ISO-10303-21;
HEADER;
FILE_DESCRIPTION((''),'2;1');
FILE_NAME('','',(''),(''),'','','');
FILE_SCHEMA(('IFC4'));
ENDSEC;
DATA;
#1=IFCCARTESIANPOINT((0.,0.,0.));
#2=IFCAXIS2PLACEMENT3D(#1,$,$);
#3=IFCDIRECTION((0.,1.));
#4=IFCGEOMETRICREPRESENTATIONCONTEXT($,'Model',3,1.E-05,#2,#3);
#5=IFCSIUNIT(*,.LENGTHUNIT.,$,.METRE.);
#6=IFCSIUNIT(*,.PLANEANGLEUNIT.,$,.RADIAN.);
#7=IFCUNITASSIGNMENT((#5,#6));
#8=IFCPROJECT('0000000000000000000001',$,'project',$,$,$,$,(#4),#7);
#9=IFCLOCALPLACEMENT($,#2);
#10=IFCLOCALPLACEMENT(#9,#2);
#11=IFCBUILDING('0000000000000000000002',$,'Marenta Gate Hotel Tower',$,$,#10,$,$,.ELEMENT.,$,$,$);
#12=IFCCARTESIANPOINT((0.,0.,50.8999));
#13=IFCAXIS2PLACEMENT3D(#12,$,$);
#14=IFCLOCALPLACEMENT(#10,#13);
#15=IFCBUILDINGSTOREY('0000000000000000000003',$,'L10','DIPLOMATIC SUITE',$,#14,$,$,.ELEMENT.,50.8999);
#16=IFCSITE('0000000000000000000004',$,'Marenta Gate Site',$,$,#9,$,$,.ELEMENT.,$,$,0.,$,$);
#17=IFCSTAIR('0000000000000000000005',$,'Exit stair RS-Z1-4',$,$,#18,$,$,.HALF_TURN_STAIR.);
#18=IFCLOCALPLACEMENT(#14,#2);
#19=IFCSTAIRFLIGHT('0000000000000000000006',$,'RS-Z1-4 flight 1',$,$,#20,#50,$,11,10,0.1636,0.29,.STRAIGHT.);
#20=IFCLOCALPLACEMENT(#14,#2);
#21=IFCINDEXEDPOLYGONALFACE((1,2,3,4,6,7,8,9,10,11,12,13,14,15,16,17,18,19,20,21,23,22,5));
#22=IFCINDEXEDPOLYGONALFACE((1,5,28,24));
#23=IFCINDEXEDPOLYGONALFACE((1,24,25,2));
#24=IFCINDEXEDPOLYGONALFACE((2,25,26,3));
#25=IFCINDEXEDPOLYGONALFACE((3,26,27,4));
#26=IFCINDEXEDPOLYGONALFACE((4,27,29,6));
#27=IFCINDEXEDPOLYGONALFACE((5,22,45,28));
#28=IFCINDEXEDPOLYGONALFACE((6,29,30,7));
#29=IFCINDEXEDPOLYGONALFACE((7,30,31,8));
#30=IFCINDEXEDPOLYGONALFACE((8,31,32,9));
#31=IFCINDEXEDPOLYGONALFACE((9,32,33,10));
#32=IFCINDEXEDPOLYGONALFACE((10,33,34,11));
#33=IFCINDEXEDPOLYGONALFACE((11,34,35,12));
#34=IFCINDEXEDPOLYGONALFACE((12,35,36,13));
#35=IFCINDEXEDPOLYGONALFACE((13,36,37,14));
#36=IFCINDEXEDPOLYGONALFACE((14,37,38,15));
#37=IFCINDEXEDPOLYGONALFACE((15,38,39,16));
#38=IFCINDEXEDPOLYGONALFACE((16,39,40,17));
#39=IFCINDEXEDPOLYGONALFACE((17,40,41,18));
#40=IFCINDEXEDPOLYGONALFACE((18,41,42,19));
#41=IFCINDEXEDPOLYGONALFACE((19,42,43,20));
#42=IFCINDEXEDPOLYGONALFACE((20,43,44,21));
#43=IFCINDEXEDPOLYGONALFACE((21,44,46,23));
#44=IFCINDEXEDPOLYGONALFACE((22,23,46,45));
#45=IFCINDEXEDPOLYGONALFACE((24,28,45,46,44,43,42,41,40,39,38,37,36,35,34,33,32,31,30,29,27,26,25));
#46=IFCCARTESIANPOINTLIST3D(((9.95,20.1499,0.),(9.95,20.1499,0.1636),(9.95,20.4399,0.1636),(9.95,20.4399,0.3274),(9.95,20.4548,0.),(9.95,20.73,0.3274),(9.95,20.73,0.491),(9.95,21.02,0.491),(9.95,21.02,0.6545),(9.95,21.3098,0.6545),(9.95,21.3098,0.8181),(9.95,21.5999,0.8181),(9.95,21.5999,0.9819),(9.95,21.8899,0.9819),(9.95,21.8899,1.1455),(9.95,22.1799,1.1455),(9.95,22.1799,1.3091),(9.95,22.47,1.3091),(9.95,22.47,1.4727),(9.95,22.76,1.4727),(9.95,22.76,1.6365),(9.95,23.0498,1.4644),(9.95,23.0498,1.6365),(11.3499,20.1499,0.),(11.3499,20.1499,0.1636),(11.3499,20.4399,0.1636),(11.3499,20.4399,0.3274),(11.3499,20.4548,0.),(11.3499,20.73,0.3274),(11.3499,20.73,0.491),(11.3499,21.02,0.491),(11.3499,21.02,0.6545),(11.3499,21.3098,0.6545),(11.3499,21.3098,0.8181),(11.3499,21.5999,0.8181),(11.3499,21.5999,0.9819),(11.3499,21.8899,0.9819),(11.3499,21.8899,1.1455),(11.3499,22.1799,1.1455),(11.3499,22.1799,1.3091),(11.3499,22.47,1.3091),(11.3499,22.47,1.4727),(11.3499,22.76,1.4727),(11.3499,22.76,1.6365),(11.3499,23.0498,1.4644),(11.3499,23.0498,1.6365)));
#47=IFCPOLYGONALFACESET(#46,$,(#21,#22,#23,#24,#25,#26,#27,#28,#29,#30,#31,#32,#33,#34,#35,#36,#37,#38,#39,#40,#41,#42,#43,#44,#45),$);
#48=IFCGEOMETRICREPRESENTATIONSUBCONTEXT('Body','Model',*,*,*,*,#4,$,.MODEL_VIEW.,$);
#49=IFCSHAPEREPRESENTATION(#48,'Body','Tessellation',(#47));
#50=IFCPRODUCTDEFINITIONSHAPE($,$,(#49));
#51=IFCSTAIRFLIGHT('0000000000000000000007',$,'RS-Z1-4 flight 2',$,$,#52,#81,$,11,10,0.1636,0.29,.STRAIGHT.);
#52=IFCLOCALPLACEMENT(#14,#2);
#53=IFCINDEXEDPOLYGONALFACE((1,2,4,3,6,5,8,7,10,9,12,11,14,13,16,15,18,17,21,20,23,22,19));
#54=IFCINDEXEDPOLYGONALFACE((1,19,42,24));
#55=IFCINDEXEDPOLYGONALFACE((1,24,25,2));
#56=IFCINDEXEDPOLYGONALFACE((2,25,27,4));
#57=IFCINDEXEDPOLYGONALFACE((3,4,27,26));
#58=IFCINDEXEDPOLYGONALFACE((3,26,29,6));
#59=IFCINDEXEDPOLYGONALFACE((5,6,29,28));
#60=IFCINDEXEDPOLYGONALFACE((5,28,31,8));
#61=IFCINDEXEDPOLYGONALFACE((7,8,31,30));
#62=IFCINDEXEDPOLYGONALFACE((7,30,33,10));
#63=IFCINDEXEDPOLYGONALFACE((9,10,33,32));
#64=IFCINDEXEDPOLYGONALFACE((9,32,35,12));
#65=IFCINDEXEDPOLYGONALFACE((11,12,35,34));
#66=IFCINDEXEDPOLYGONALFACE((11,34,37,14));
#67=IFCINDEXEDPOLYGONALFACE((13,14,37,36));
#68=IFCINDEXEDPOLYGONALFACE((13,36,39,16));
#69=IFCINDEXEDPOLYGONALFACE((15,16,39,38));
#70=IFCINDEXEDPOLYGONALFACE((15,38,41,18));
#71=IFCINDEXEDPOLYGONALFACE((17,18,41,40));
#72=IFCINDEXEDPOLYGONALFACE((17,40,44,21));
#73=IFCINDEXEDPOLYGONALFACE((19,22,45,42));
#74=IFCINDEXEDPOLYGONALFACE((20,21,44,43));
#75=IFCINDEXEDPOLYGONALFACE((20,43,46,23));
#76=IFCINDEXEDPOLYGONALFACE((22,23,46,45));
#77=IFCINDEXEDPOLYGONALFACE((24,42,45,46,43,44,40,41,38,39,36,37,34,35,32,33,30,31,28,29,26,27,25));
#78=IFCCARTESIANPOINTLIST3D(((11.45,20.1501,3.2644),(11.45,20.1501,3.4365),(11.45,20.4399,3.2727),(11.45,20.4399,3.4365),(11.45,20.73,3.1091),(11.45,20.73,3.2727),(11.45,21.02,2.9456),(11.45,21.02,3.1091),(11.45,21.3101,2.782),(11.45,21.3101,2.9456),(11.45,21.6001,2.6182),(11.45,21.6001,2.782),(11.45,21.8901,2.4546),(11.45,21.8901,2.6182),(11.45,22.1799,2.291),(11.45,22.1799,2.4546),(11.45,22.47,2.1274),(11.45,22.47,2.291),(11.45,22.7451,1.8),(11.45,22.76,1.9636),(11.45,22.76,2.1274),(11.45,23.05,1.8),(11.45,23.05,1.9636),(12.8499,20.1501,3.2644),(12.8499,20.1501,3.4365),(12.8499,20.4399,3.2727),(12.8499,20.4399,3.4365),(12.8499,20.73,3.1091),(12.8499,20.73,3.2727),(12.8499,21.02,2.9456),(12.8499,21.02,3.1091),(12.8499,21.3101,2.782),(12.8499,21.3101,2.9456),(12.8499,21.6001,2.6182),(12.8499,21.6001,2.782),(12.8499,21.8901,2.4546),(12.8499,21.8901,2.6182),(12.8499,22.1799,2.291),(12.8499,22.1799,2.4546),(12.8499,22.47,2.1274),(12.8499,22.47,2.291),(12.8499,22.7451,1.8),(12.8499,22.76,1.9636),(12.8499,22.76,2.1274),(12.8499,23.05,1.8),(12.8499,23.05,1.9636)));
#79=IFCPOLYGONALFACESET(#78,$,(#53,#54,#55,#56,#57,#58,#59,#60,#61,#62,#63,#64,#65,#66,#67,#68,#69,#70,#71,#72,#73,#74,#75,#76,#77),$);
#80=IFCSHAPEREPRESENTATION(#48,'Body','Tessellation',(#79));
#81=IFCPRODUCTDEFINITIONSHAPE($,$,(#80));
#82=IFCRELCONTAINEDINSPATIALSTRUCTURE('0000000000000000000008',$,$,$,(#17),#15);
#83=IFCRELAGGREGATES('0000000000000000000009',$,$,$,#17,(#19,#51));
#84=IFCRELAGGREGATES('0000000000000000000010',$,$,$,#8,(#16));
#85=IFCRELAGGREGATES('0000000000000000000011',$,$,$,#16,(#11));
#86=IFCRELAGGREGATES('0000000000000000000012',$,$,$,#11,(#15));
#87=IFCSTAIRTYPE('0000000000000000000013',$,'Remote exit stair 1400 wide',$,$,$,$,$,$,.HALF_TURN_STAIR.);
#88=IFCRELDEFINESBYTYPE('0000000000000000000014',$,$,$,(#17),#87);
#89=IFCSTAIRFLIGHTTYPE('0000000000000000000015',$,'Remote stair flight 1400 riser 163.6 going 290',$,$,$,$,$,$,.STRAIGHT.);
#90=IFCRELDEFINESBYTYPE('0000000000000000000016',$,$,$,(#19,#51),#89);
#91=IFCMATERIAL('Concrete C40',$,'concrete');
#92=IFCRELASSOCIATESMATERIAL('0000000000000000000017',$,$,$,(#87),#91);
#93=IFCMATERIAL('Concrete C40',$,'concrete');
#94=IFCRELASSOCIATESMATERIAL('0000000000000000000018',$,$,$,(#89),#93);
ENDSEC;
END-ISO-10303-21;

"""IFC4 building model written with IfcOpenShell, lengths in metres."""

from ifc_helpers import new_model, si_unit, direction, frame, origin, place, context, subcontext, project, spatial, polyline, outline, extrude, material, type_object, element, aggregate, save


model = new_model("IFC4")

# Units and contexts
model_context = context("Model", 3, precision=1e-05, world=origin(), true_north=direction((0.0, 1.0)))
body_context = subcontext(model_context, "Body", "Model", "MODEL_VIEW")
ifc_project = project(units=[si_unit("LENGTHUNIT", "METRE"), si_unit("PLANEANGLEUNIT", "RADIAN")], contexts=[model_context])

# Site, building, storey
site_placement = place(None, origin())
site = spatial("IfcSite", under=ifc_project, at=site_placement, Name="Marenta Gate Site", CompositionType="ELEMENT", RefElevation=0.0)
building_placement = place(site_placement, origin())
building = spatial("IfcBuilding", under=site, at=building_placement, Name="Marenta Gate Hotel Tower", CompositionType="ELEMENT")
storey_placement = place(building_placement, frame((0.0, 0.0, 50.8999)))
storey = spatial("IfcBuildingStorey", under=building, at=storey_placement, Name="L10", Description="DIPLOMATIC SUITE", CompositionType="ELEMENT", Elevation=50.8999)

# Stair, stair flights
ifc_material_1 = material(Name="Concrete C40", Category="concrete")
stair_type = type_object("IfcStairType", Name="Remote exit stair 1400 wide", PredefinedType="HALF_TURN_STAIR", material=ifc_material_1)
stair_placement = place(storey_placement, origin())
stair = element("IfcStair", 1, at=stair_placement, inside=storey, type_object=stair_type, Name="Exit stair RS-Z1-4", PredefinedType="HALF_TURN_STAIR")
ifc_material_2 = material(Name="Concrete C40", Category="concrete")
stair_flight_type = type_object("IfcStairFlightType", Name="Remote stair flight 1400 riser 163.6 going 290", PredefinedType="STRAIGHT", material=ifc_material_2)
stair_flight_1_placement = place(storey_placement, frame((10.6499, 20.1499, 0.0), z_axis=(0.0, 0.0, 1.0), x_axis=(0.0, 1.0, 0.0)))
stair_flight_1 = element("IfcStairFlight", 2, at=stair_flight_1_placement, type_object=stair_flight_type, Name="RS-Z1-4 flight 1", NumberOfRisers=11, NumberOfTreads=10, PredefinedType="STRAIGHT", RiserHeight=0.1636, TreadLength=0.29, context=body_context, shape_type="SweptSolid", body=[
    extrude(outline(polyline([(0.0, 0.0), (0.0, 0.1636), (0.29, 0.1636), (0.29, 0.3274), (0.5801, 0.3274), (0.5801, 0.491), (0.8701, 0.491), (0.8701, 0.6545), (1.1599, 0.6545), (1.1599, 0.8181), (1.45, 0.8181), (1.45, 0.9819), (1.74, 0.9819), (1.74, 1.1455), (2.03, 1.1455), (2.03, 1.3091), (2.3201, 1.3091), (2.3201, 1.4727), (2.6101, 1.4727), (2.6101, 1.6365), (2.8999, 1.6365), (2.8999, 1.8), (2.8999, 1.4644), (0.3049, 0.0), (0.0, 0.0)])), frame((0.0, 0.7, 0.0), z_axis=(0.0, -1.0, 0.0), x_axis=(1.0, 0.0, 0.0)), (0.0, 0.0, 1.0), 1.3999),
])
stair_flight_2_placement = place(storey_placement, frame((12.1499, 23.05, 1.8), z_axis=(0.0, 0.0, 1.0), x_axis=(0.0, -1.0, 0.0)))
stair_flight_2 = element("IfcStairFlight", 3, at=stair_flight_2_placement, type_object=stair_flight_type, Name="RS-Z1-4 flight 2", NumberOfRisers=11, NumberOfTreads=10, PredefinedType="STRAIGHT", RiserHeight=0.1636, TreadLength=0.29, context=body_context, shape_type="SweptSolid", body=[
    extrude(outline(polyline([(0.0, 0.0), (0.0, 0.1636), (0.29, 0.1636), (0.29, 0.3274), (0.5801, 0.3274), (0.5801, 0.491), (0.8701, 0.491), (0.8701, 0.6545), (1.1599, 0.6545), (1.1599, 0.8181), (1.45, 0.8181), (1.45, 0.9819), (1.74, 0.9819), (1.74, 1.1455), (2.03, 1.1455), (2.03, 1.3091), (2.3201, 1.3091), (2.3201, 1.4727), (2.6101, 1.4727), (2.6101, 1.6365), (2.8999, 1.6365), (2.8999, 1.8), (2.8999, 1.4644), (0.3049, 0.0), (0.0, 0.0)])), frame((0.0, 0.7, 0.0), z_axis=(0.0, -1.0, 0.0), x_axis=(1.0, 0.0, 0.0)), (0.0, 0.0, 1.0), 1.3999),
])
aggregate(stair, [stair_flight_1, stair_flight_2])

save(model, "model.ifc")
